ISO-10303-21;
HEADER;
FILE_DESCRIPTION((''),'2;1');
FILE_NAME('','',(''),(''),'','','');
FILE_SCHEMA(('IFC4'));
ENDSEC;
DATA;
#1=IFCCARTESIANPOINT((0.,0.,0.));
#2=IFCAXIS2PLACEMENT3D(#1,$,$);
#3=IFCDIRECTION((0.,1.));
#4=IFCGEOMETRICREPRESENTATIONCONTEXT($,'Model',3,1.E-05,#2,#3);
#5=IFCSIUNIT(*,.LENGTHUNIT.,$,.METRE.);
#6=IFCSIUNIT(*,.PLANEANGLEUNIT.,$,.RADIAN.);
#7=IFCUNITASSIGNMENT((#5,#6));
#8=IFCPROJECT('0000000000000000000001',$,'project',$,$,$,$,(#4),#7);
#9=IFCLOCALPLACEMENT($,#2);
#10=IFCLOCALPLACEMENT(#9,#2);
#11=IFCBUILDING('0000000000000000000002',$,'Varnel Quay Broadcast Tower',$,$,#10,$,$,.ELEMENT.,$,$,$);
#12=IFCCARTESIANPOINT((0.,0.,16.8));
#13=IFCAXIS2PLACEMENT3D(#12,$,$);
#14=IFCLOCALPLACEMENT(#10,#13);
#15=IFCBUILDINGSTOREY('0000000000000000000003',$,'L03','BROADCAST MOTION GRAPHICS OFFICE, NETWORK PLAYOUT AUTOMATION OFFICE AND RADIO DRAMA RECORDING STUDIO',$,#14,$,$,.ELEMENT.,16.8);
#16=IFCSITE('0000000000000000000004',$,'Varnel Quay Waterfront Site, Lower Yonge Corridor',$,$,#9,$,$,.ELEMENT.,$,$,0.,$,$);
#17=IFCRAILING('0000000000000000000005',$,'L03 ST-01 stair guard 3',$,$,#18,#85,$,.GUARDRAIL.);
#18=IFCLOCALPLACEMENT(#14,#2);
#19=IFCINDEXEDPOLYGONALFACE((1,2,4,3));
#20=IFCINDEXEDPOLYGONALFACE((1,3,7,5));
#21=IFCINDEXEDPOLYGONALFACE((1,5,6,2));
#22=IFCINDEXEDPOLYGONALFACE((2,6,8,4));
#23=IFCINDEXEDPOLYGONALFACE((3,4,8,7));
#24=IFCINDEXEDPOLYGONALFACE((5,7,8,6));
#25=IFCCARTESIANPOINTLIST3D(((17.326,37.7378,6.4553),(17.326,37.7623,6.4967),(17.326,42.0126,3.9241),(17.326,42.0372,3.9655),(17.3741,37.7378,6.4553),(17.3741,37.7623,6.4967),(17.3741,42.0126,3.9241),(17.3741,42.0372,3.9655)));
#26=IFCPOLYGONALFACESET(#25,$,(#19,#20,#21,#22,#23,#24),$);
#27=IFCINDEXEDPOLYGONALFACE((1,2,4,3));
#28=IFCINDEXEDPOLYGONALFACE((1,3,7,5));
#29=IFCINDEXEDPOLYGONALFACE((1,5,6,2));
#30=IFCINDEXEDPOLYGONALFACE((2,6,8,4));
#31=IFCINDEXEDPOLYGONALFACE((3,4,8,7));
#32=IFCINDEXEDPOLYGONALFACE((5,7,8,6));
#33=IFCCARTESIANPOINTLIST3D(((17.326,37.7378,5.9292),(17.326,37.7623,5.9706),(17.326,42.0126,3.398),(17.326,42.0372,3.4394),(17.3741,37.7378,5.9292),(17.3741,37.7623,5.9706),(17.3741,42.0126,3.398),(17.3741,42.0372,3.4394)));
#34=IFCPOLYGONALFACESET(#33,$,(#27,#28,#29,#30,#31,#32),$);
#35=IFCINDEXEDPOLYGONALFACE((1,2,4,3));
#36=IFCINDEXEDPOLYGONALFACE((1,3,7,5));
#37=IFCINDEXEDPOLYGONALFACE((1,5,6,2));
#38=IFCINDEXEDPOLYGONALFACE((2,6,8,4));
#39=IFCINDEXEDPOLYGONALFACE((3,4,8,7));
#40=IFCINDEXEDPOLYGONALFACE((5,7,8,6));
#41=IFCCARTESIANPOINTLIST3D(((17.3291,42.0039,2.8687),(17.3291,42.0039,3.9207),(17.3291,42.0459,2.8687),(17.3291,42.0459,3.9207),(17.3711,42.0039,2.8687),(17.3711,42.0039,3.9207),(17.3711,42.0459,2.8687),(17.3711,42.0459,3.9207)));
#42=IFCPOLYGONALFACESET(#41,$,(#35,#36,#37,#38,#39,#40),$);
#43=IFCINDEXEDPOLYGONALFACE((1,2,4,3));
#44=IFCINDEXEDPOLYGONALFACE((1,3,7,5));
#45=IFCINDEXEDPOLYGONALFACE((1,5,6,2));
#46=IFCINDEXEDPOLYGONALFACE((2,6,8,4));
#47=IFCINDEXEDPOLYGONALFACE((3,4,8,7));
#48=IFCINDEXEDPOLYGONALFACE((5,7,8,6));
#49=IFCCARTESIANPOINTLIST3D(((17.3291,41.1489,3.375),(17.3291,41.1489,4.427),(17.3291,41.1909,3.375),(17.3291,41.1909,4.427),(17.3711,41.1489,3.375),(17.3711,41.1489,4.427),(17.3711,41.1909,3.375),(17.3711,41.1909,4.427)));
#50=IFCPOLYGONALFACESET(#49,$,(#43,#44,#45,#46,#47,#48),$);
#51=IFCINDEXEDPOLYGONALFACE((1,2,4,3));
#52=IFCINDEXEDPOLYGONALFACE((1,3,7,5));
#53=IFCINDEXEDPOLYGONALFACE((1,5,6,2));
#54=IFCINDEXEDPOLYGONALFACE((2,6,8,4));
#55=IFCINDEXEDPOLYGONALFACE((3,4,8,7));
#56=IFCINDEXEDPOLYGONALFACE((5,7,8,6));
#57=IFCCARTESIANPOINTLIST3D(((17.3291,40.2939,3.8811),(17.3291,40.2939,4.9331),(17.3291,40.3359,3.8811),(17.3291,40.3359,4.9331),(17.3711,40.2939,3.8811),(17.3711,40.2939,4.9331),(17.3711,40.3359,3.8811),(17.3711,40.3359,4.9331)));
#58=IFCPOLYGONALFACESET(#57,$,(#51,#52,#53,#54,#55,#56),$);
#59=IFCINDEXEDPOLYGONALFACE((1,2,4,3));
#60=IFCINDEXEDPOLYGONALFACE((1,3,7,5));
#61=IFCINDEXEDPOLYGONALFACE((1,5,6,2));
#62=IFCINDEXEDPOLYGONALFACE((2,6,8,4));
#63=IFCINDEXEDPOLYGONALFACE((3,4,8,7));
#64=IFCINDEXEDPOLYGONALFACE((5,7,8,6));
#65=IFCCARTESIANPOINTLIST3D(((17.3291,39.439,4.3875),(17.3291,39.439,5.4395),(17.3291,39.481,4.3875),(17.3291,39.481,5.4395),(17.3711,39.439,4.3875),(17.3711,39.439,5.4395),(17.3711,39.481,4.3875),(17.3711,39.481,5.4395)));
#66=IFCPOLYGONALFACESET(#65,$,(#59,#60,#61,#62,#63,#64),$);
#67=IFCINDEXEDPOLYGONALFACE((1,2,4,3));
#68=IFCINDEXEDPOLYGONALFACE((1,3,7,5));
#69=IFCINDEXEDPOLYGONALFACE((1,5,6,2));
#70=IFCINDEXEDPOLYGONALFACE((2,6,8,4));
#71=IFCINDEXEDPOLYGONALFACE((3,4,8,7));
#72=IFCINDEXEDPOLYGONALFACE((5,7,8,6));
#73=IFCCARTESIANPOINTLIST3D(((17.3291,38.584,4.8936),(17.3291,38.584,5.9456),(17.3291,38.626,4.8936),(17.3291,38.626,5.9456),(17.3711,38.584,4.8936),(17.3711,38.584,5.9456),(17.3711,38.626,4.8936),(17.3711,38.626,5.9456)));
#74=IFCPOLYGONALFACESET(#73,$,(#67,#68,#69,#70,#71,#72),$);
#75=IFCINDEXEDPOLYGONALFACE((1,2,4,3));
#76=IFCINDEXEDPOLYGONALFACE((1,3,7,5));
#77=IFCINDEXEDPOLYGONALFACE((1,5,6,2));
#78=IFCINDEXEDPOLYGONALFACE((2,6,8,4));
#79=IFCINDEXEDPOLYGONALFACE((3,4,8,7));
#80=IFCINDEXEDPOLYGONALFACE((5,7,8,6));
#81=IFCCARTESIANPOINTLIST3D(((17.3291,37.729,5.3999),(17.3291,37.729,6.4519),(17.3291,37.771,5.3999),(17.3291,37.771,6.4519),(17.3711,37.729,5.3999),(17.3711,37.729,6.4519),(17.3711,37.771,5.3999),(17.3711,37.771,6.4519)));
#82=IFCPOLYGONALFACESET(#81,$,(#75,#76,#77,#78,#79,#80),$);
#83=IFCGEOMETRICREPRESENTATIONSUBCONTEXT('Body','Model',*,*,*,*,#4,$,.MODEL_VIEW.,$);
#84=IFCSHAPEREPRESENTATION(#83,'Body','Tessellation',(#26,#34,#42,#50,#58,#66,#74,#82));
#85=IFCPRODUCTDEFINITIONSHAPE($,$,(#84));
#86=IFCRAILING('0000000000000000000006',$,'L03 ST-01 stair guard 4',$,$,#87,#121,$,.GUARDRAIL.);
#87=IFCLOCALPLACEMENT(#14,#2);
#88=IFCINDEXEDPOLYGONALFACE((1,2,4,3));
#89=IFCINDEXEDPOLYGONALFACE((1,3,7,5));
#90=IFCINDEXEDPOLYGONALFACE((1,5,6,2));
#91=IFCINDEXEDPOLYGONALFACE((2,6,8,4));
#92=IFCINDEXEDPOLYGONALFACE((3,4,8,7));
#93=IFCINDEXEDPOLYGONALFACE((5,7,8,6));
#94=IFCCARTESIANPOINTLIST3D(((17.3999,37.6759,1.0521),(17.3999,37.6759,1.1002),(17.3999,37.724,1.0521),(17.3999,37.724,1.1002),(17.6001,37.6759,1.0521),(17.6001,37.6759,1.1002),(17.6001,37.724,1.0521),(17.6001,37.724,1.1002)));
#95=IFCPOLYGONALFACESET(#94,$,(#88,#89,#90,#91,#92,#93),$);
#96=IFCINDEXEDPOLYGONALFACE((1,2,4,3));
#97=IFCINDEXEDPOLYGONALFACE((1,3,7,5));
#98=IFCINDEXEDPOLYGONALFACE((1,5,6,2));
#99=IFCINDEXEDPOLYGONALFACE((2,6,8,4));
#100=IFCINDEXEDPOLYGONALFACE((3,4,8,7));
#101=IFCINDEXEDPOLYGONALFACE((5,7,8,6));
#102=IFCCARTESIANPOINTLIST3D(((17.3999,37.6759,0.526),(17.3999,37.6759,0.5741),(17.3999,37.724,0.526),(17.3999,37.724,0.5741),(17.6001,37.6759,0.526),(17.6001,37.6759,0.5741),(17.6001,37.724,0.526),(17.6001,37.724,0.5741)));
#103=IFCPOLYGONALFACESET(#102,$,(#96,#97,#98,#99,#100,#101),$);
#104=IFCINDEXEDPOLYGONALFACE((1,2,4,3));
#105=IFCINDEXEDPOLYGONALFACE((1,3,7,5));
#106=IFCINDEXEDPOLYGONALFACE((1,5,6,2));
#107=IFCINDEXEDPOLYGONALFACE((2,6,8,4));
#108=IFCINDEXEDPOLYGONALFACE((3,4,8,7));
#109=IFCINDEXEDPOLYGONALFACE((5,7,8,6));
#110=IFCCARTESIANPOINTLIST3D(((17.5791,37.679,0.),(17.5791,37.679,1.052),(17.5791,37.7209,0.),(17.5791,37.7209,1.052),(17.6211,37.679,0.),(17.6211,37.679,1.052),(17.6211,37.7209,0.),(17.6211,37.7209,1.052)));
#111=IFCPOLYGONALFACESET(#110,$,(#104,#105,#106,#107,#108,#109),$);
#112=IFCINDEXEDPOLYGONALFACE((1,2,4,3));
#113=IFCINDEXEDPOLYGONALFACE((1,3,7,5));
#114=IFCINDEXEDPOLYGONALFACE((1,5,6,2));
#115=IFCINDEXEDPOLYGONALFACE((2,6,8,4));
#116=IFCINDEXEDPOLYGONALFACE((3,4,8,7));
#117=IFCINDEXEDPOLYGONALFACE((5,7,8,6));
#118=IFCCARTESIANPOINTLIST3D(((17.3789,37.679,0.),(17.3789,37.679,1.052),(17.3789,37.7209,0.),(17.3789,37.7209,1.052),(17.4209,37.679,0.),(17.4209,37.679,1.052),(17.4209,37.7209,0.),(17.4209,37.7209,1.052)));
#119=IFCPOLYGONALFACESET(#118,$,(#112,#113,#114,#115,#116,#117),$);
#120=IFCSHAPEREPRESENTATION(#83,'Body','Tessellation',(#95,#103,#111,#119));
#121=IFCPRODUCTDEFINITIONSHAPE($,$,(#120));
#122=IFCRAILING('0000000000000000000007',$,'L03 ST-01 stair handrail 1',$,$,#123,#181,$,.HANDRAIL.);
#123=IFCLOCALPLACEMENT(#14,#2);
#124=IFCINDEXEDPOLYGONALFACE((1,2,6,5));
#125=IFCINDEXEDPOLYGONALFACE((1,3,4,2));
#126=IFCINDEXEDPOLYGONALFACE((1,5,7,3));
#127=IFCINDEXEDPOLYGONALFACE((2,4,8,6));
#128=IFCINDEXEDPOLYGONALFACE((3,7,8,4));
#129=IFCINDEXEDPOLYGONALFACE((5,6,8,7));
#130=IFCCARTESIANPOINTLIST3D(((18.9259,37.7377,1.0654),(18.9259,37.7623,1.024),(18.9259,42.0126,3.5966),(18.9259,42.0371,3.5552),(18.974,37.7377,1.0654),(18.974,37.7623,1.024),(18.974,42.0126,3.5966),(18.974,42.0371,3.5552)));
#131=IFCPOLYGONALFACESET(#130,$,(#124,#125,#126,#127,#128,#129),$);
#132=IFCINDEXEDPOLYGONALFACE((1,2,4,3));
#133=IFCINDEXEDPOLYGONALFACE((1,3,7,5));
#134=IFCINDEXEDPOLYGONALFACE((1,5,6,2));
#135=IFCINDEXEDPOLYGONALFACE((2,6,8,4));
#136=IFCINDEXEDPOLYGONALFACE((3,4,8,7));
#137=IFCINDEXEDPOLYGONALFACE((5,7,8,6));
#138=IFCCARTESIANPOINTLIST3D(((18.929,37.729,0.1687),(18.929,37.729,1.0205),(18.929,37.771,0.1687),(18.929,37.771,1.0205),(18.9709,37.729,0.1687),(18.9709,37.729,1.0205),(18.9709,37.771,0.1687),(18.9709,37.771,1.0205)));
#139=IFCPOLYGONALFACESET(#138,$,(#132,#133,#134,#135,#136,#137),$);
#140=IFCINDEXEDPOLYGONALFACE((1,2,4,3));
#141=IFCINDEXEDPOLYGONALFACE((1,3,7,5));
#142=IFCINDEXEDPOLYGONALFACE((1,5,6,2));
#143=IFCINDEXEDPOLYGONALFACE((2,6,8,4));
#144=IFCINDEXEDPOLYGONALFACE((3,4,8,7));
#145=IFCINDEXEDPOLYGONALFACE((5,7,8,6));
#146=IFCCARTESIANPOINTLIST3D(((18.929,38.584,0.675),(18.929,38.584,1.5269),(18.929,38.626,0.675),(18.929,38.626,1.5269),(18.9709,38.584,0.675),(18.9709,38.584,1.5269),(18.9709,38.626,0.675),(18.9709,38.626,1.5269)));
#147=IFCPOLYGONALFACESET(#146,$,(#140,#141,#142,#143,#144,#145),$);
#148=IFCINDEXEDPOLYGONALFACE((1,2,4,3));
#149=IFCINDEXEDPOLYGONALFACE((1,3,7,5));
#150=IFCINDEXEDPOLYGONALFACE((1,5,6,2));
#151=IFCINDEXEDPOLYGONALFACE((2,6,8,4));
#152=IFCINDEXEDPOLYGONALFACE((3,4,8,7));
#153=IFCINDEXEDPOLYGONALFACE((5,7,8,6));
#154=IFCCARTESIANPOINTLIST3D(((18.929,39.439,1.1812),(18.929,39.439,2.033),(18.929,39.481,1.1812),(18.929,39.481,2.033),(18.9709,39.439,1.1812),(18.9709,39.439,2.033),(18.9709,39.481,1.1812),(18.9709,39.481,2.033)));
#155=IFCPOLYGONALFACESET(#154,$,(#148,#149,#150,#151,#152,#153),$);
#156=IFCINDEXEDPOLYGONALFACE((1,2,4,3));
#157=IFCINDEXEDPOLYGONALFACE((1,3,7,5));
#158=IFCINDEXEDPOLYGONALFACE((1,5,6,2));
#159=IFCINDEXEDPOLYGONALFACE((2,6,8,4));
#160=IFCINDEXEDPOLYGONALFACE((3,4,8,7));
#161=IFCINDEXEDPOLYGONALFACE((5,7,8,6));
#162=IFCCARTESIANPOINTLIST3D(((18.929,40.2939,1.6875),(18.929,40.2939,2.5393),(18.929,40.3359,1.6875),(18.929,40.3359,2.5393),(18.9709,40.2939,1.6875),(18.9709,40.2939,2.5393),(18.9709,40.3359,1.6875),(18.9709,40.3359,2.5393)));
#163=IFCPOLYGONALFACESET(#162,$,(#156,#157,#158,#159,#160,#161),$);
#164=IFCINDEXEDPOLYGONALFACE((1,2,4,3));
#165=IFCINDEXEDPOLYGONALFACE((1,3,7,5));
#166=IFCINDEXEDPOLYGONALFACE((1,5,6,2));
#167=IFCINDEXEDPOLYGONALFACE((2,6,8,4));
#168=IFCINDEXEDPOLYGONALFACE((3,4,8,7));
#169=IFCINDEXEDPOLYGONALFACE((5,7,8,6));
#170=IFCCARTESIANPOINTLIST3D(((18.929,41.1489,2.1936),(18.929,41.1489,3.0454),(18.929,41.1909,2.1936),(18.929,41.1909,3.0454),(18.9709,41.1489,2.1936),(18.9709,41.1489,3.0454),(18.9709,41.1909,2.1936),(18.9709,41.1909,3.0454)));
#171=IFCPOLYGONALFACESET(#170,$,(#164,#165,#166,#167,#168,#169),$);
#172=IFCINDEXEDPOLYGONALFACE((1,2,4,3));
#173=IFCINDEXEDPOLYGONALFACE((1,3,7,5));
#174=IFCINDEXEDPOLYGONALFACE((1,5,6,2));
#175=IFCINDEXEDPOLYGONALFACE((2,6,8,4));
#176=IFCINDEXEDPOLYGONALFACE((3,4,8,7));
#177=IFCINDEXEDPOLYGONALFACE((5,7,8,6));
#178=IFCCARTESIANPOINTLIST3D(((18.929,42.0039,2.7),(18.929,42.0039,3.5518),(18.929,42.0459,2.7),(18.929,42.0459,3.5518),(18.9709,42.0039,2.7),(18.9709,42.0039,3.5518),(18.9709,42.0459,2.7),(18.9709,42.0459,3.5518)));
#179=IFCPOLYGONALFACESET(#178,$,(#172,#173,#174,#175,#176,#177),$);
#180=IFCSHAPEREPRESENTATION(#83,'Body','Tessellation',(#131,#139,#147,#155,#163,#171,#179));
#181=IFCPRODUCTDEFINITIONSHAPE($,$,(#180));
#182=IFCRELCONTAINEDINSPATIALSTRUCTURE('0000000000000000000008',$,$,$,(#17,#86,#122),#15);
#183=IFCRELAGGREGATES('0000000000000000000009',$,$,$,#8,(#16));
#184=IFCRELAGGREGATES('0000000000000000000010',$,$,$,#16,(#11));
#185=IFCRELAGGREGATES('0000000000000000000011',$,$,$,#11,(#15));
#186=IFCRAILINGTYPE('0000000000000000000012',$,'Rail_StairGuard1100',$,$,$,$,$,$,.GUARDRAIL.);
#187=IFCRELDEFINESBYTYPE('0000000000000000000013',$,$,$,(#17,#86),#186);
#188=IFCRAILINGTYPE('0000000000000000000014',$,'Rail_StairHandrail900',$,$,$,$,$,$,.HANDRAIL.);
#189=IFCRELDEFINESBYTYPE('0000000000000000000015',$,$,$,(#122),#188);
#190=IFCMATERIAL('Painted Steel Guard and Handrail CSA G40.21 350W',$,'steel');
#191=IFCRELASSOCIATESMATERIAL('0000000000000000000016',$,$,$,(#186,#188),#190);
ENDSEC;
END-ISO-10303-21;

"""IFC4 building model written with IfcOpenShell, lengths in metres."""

from ifc_helpers import new_model, si_unit, direction, frame, origin, origin_2d, place, context, subcontext, project, spatial, rectangle, extrude, material, type_object, element, save


model = new_model("IFC4")

# Units and contexts
model_context = context("Model", 3, precision=1e-05, world=origin(), true_north=direction((0.0, 1.0)))
body_context = subcontext(model_context, "Body", "Model", "MODEL_VIEW")
ifc_project = project(units=[si_unit("LENGTHUNIT", "METRE"), si_unit("PLANEANGLEUNIT", "RADIAN")], contexts=[model_context])

# Site, building, storey
site_placement = place(None, origin())
site = spatial("IfcSite", under=ifc_project, at=site_placement, Name="Varnel Quay Waterfront Site, Lower Yonge Corridor", CompositionType="ELEMENT", RefElevation=0.0)
building_placement = place(site_placement, origin())
building = spatial("IfcBuilding", under=site, at=building_placement, Name="Varnel Quay Broadcast Tower", CompositionType="ELEMENT")
storey_placement = place(building_placement, frame((0.0, 0.0, 16.8)))
storey = spatial("IfcBuildingStorey", under=building, at=storey_placement, Name="L03", Description="BROADCAST MOTION GRAPHICS OFFICE, NETWORK PLAYOUT AUTOMATION OFFICE AND RADIO DRAMA RECORDING STUDIO", CompositionType="ELEMENT", Elevation=16.8)

# Railings
ifc_material_1 = material(Name="Painted Steel Guard and Handrail CSA G40.21 350W", Category="steel")
railing_type_1 = type_object("IfcRailingType", Name="Rail_StairGuard1100", PredefinedType="GUARDRAIL", material=ifc_material_1)
railing_1_placement = place(storey_placement, frame((17.3501, 42.0249, 2.8687)))
element("IfcRailing", 1, at=railing_1_placement, inside=storey, type_object=railing_type_1, Name="L03 ST-01 stair guard 3", PredefinedType="GUARDRAIL", context=body_context, shape_type="SweptSolid", body=[
    extrude(rectangle(XDim=0.0481, YDim=0.0481, at=origin_2d()), frame((0.0, 0.0, 1.0762), z_axis=(0.0, -0.86047, 0.509501), x_axis=(1.0, 0.0, 0.0)), (0.0, 0.0, 1.0), 4.968),
    extrude(rectangle(XDim=0.0481, YDim=0.0481, at=origin_2d()), frame((0.0, 0.0, 0.55), z_axis=(0.0, -0.86047, 0.509501), x_axis=(1.0, 0.0, 0.0)), (0.0, 0.0, 1.0), 4.968),
    extrude(rectangle(XDim=0.042, YDim=0.042, at=origin_2d()), origin(), (0.0, 0.0, 1.0), 1.052),
    extrude(rectangle(XDim=0.042, YDim=0.042, at=origin_2d()), frame((0.0, -0.855, 0.5063)), (0.0, 0.0, 1.0), 1.052),
    extrude(rectangle(XDim=0.042, YDim=0.042, at=origin_2d()), frame((0.0, -1.71, 1.0125)), (0.0, 0.0, 1.0), 1.052),
    extrude(rectangle(XDim=0.042, YDim=0.042, at=origin_2d()), frame((0.0, -2.5649, 1.5188)), (0.0, 0.0, 1.0), 1.052),
    extrude(rectangle(XDim=0.042, YDim=0.042, at=origin_2d()), frame((0.0, -3.4199, 2.0249)), (0.0, 0.0, 1.0), 1.052),
    extrude(rectangle(XDim=0.042, YDim=0.042, at=origin_2d()), frame((0.0, -4.2749, 2.5312)), (0.0, 0.0, 1.0), 1.052),
])
railing_2_placement = place(storey_placement, frame((17.6001, 37.7, 0.0)))
element("IfcRailing", 2, at=railing_2_placement, inside=storey, type_object=railing_type_1, Name="L03 ST-01 stair guard 4", PredefinedType="GUARDRAIL", context=body_context, shape_type="SweptSolid", body=[
    extrude(rectangle(XDim=0.0481, YDim=0.0481, at=origin_2d()), frame((0.0, 0.0, 1.0762), z_axis=(-1.0, 0.0, 0.0), x_axis=(0.0, -1.0, 0.0)), (0.0, 0.0, 1.0), 0.2002),
    extrude(rectangle(XDim=0.0481, YDim=0.0481, at=origin_2d()), frame((0.0, 0.0, 0.55), z_axis=(-1.0, 0.0, 0.0), x_axis=(0.0, -1.0, 0.0)), (0.0, 0.0, 1.0), 0.2002),
    extrude(rectangle(XDim=0.042, YDim=0.042, at=origin_2d()), origin(), (0.0, 0.0, 1.0), 1.052),
    extrude(rectangle(XDim=0.042, YDim=0.042, at=origin_2d()), frame((-0.2002, 0.0, 0.0)), (0.0, 0.0, 1.0), 1.052),
])
railing_type_2 = type_object("IfcRailingType", Name="Rail_StairHandrail900", PredefinedType="HANDRAIL", material=ifc_material_1)
railing_3_placement = place(storey_placement, frame((18.95, 37.75, 0.1687)))
element("IfcRailing", 3, at=railing_3_placement, inside=storey, type_object=railing_type_2, Name="L03 ST-01 stair handrail 1", PredefinedType="HANDRAIL", context=body_context, shape_type="SweptSolid", body=[
    extrude(rectangle(XDim=0.0481, YDim=0.0481, at=origin_2d()), frame((0.0, 0.0, 0.876), z_axis=(0.0, 0.86047, 0.509501), x_axis=(-1.0, 0.0, 0.0)), (0.0, 0.0, 1.0), 4.968),
    extrude(rectangle(XDim=0.042, YDim=0.042, at=origin_2d()), origin(), (0.0, 0.0, 1.0), 0.8518),
    extrude(rectangle(XDim=0.042, YDim=0.042, at=origin_2d()), frame((0.0, 0.855, 0.5063)), (0.0, 0.0, 1.0), 0.8518),
    extrude(rectangle(XDim=0.042, YDim=0.042, at=origin_2d()), frame((0.0, 1.71, 1.0125)), (0.0, 0.0, 1.0), 0.8518),
    extrude(rectangle(XDim=0.042, YDim=0.042, at=origin_2d()), frame((0.0, 2.5649, 1.5188)), (0.0, 0.0, 1.0), 0.8518),
    extrude(rectangle(XDim=0.042, YDim=0.042, at=origin_2d()), frame((0.0, 3.4199, 2.0249)), (0.0, 0.0, 1.0), 0.8518),
    extrude(rectangle(XDim=0.042, YDim=0.042, at=origin_2d()), frame((0.0, 4.2749, 2.5312)), (0.0, 0.0, 1.0), 0.8518),
])

save(model, "model.ifc")
